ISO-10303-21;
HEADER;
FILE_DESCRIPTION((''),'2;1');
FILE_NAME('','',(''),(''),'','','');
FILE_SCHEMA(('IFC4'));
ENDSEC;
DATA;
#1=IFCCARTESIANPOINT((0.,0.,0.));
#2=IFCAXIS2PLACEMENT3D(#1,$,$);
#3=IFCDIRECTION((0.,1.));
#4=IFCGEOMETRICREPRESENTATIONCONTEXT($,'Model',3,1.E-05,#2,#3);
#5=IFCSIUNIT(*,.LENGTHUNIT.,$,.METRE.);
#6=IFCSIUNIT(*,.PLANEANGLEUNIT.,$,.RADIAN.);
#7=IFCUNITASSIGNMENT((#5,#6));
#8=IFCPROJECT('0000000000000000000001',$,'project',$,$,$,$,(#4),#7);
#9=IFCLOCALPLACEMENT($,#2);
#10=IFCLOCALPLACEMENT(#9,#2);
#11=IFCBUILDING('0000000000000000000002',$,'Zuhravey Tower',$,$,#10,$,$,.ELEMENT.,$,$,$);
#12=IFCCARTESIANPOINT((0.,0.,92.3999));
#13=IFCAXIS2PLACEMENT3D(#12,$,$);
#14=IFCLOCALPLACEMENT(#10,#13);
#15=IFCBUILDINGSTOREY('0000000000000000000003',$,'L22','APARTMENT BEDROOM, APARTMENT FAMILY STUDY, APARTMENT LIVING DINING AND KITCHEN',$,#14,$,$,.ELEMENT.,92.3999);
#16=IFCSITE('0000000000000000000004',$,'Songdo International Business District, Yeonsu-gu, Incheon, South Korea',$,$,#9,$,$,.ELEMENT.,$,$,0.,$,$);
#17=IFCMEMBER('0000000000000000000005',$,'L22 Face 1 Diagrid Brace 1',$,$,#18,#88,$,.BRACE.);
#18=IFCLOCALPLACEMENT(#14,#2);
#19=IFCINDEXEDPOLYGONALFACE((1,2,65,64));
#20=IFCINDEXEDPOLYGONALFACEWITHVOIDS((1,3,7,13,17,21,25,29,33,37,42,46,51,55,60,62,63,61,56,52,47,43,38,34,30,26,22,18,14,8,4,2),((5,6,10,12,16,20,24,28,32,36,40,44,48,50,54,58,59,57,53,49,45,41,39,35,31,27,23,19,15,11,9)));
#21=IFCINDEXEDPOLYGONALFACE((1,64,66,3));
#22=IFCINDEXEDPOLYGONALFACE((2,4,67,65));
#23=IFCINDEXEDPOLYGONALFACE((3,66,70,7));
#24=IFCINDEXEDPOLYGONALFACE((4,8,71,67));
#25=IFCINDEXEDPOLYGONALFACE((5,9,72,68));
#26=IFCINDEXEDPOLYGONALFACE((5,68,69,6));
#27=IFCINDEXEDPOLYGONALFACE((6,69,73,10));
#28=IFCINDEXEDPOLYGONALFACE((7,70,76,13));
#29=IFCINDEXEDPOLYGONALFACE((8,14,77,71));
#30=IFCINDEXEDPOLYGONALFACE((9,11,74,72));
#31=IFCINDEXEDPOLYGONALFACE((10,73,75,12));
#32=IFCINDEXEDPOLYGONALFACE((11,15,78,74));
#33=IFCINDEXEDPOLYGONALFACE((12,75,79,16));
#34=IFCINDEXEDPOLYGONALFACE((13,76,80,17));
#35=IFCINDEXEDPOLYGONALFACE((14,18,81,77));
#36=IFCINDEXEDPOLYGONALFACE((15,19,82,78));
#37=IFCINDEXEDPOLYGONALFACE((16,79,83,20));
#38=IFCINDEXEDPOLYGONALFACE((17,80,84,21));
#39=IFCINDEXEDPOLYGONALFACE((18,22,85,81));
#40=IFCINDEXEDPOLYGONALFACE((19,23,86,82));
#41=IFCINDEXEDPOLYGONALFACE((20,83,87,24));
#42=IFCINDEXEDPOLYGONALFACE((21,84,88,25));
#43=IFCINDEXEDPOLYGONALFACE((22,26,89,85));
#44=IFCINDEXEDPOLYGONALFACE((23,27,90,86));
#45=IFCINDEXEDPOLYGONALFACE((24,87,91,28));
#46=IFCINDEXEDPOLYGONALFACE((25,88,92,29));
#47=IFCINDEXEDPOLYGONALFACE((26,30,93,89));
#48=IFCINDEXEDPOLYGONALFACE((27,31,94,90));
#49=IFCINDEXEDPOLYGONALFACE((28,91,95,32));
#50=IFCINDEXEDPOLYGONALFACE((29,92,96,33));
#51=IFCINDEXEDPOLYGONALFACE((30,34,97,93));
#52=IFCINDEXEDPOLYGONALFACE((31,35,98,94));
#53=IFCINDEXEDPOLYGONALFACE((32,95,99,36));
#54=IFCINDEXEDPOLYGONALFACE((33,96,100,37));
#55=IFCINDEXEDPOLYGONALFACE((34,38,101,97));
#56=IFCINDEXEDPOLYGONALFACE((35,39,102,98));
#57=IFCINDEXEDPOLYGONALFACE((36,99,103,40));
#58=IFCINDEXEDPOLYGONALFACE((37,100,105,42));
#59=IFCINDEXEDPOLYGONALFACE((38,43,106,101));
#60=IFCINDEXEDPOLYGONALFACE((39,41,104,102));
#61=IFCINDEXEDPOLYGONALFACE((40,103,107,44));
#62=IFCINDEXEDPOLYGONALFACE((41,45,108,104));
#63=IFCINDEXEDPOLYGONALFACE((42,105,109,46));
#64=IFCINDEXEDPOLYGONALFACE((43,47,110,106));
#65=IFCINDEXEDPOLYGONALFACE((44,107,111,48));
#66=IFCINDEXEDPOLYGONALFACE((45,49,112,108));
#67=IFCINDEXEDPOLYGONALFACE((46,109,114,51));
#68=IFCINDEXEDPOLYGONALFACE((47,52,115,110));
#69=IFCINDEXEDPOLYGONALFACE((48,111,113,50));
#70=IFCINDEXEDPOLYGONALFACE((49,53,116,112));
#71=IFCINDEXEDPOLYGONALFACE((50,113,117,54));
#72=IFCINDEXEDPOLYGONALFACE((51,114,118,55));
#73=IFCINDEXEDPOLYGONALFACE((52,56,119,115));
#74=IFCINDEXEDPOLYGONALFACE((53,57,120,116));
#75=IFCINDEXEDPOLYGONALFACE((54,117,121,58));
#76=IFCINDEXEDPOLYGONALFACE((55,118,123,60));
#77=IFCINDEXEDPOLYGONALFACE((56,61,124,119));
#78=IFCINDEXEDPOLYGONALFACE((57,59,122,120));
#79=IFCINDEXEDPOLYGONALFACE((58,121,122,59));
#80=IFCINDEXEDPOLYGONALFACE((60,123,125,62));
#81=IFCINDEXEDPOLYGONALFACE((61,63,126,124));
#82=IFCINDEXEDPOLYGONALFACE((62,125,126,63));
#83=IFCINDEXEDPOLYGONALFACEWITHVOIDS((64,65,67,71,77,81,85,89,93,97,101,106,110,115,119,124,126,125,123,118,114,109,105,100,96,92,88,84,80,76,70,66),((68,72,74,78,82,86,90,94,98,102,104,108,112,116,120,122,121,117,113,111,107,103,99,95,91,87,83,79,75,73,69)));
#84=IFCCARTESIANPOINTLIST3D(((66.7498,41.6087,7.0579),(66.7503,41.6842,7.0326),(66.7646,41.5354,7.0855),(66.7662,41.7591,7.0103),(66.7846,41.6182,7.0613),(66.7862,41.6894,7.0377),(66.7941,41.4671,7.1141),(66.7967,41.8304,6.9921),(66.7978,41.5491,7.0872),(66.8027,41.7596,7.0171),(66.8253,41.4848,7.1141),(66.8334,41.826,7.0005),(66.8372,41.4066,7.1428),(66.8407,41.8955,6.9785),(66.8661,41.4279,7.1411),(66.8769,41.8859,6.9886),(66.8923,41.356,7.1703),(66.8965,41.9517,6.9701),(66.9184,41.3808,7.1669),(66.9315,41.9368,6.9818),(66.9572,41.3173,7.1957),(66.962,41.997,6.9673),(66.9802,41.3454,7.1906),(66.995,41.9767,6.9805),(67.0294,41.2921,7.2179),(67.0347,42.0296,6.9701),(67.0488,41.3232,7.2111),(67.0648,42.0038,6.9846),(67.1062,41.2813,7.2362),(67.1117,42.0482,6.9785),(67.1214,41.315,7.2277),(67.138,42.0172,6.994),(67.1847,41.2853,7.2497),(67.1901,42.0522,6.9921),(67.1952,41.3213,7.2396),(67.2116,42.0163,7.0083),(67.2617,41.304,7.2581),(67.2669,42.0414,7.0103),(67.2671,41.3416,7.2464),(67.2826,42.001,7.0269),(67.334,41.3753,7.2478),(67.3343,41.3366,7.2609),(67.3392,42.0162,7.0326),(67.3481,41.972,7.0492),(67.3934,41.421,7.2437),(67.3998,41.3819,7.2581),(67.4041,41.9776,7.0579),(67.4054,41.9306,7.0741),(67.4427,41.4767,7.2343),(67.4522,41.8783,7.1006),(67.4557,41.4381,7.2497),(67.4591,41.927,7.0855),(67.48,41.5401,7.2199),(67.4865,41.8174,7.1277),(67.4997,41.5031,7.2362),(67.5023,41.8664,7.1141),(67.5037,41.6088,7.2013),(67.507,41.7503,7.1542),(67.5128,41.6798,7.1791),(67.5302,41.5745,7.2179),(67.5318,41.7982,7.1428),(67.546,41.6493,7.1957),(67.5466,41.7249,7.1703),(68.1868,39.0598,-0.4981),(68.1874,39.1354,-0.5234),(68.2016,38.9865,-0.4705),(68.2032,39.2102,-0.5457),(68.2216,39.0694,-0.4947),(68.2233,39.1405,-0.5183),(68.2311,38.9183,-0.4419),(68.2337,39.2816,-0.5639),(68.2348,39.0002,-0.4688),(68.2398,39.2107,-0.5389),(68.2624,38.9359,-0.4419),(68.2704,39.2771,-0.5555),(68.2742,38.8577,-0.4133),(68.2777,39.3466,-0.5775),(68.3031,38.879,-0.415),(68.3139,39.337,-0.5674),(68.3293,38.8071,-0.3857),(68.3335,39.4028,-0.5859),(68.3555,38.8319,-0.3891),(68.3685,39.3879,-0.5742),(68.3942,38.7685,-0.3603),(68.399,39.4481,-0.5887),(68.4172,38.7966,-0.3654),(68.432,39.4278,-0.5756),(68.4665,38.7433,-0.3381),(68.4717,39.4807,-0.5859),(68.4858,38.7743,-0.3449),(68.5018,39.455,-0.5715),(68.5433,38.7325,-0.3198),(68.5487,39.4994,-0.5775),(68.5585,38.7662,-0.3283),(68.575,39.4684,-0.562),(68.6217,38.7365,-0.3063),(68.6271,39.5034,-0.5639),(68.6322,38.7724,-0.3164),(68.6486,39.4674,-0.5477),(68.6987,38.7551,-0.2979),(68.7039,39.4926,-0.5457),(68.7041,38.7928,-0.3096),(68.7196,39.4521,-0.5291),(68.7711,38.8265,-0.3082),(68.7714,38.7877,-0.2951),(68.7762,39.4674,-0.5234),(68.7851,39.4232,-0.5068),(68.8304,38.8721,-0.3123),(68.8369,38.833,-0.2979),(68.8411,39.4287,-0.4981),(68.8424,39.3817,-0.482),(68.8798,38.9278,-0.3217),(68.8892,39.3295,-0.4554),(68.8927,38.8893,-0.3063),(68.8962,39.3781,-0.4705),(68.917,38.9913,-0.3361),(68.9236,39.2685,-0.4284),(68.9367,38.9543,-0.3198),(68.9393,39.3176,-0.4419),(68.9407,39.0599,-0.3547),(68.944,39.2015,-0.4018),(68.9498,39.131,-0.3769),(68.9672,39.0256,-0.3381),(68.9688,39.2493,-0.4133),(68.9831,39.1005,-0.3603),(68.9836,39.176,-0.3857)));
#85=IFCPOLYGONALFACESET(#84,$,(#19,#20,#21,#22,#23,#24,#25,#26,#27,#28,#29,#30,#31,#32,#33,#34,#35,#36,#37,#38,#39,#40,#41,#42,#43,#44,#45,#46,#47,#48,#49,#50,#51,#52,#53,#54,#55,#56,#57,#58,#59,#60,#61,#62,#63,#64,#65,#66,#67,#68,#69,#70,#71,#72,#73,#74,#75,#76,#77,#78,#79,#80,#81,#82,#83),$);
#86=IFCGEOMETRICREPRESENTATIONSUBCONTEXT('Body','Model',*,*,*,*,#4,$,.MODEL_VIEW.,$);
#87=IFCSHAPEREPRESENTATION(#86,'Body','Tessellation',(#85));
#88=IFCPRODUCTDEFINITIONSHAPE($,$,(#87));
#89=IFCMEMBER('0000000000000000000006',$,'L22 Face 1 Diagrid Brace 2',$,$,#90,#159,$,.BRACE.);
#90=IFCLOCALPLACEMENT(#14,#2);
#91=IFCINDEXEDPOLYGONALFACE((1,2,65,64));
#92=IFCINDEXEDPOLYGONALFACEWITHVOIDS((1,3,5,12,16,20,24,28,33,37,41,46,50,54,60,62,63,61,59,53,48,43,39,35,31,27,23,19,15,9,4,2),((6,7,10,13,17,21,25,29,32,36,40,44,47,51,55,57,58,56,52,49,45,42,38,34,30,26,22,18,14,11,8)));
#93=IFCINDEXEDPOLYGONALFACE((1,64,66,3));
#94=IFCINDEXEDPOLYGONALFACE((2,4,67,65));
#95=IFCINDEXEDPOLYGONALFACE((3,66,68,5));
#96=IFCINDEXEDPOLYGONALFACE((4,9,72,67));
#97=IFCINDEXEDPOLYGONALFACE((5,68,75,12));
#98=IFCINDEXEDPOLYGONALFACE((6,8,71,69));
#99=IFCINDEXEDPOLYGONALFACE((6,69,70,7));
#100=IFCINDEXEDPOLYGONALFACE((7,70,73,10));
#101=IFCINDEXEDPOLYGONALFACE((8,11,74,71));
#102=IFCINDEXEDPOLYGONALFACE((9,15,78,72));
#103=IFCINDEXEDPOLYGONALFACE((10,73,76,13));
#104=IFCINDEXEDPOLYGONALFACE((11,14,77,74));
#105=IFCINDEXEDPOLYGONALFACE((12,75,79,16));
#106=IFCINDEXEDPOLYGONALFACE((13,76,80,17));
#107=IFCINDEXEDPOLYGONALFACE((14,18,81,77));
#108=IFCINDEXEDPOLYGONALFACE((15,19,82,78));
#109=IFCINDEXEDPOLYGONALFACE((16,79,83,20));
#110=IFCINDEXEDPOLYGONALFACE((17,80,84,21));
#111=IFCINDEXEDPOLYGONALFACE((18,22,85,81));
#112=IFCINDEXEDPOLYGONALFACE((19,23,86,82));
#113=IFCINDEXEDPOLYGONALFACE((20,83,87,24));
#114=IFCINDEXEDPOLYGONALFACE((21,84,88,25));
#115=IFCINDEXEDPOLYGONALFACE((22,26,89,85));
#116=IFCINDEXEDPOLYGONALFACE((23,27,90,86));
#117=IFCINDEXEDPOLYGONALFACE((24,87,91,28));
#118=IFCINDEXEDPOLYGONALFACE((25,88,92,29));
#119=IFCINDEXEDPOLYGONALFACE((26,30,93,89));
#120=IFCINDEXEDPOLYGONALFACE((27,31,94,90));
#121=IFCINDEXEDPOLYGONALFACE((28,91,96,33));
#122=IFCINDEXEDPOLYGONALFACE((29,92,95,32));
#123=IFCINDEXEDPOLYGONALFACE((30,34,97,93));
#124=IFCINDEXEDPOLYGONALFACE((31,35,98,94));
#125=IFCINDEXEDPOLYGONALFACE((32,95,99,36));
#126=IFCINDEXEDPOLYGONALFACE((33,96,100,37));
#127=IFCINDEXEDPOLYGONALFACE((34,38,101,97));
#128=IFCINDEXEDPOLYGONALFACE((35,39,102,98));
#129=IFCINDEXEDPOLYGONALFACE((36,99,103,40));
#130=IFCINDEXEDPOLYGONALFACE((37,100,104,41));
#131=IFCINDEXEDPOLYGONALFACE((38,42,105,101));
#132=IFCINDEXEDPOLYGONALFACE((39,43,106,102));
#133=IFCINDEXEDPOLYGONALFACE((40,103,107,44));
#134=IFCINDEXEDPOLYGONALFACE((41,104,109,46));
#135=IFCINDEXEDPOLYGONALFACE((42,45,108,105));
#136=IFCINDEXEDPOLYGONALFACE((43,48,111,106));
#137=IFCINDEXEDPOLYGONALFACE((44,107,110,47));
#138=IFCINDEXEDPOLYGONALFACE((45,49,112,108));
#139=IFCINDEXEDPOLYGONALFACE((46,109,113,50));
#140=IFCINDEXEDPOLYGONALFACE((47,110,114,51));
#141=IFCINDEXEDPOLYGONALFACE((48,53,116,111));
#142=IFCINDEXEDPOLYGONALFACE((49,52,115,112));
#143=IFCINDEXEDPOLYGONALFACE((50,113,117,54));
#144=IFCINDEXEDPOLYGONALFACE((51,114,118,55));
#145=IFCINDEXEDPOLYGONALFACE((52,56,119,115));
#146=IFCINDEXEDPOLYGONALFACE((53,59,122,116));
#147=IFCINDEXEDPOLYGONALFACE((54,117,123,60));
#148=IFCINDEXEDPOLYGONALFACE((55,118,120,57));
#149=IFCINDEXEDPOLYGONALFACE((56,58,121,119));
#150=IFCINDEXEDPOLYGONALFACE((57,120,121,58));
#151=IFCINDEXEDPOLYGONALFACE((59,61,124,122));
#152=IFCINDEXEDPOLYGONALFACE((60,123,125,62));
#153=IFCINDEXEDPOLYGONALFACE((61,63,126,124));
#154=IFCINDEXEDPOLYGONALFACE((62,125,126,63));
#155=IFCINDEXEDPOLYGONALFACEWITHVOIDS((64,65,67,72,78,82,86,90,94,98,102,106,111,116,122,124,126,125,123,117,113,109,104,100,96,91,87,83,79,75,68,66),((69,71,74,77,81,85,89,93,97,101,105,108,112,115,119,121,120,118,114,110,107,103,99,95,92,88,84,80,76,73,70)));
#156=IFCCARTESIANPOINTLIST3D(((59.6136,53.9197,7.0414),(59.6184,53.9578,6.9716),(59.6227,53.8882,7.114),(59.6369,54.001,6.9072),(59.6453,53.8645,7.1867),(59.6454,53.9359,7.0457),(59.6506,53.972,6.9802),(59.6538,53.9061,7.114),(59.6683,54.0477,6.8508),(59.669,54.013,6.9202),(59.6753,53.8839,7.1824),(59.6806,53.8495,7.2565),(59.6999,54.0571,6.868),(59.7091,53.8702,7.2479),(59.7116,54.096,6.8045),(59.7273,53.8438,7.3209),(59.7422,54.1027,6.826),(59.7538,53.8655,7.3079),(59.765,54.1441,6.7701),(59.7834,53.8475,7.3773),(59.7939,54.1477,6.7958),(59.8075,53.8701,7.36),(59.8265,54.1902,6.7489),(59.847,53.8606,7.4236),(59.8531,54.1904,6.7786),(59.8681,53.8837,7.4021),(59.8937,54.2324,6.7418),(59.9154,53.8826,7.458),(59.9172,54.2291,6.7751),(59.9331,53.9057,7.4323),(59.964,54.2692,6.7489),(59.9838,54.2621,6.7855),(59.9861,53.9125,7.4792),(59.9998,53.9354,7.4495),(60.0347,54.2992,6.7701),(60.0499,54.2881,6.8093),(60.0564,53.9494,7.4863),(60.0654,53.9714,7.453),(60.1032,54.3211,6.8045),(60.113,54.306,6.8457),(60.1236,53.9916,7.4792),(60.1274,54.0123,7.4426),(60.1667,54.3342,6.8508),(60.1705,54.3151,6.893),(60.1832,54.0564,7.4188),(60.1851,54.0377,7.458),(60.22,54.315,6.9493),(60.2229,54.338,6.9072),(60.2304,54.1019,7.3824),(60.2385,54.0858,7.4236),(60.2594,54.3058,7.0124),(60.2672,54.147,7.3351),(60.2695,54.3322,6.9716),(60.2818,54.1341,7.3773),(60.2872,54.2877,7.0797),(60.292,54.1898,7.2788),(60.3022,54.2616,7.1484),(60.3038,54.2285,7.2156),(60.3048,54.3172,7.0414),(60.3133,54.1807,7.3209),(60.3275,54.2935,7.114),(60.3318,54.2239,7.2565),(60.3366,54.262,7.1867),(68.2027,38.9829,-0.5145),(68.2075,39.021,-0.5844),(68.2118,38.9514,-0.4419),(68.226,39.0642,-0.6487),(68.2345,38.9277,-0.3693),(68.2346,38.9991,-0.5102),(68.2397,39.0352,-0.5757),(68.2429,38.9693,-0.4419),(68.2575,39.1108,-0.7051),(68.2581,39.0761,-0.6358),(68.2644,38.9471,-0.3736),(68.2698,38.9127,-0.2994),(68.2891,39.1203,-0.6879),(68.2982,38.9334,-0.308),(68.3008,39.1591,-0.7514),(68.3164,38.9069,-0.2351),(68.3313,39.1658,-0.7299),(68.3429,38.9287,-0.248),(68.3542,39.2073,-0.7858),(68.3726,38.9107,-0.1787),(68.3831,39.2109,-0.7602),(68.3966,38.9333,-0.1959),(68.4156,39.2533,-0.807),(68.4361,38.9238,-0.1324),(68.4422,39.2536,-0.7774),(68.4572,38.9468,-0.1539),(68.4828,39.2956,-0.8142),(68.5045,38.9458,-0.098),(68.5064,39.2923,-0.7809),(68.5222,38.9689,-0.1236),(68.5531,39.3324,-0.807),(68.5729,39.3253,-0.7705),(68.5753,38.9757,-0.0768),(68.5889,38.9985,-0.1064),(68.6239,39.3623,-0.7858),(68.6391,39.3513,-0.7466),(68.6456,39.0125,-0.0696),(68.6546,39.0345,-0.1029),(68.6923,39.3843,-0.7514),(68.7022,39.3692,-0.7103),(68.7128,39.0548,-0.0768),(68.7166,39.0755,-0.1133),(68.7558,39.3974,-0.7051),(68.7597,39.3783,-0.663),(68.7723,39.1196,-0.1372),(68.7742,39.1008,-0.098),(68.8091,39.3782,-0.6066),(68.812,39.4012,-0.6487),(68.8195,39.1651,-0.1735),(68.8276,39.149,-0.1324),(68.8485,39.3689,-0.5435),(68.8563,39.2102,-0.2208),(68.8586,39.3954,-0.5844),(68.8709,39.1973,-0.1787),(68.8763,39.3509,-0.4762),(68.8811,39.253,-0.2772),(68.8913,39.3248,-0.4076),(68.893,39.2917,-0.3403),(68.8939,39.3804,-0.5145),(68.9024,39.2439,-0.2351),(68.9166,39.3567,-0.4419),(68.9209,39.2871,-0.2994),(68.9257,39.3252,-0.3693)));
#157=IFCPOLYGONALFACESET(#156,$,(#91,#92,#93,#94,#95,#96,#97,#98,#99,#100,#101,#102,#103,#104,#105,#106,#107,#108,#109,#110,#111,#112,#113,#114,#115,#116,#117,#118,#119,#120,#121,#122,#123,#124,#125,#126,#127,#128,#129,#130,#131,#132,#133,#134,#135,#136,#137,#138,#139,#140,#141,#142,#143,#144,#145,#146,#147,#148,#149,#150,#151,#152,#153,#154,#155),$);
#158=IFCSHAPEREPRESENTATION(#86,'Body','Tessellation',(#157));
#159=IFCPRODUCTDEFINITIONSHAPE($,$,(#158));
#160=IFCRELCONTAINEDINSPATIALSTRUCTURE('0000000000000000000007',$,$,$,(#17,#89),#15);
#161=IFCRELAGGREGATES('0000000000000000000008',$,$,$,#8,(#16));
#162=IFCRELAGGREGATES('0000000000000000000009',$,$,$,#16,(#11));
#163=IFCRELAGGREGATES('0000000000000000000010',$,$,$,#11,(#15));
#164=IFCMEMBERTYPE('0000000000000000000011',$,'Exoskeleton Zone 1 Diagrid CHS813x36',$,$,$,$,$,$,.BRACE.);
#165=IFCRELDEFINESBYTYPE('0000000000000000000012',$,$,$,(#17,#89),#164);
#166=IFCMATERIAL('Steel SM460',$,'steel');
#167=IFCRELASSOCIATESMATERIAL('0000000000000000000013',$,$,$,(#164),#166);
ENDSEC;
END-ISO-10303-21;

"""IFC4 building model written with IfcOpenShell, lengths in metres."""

from ifc_helpers import new_model, si_unit, direction, frame, origin, origin_2d, place, context, subcontext, project, spatial, hollow_circle, extrude, material, material_profile, profile_set, type_object, element, save


model = new_model("IFC4")

# Units and contexts
model_context = context("Model", 3, precision=1e-05, world=origin(), true_north=direction((0.0, 1.0)))
body_context = subcontext(model_context, "Body", "Model", "MODEL_VIEW")
ifc_project = project(units=[si_unit("LENGTHUNIT", "METRE"), si_unit("PLANEANGLEUNIT", "RADIAN")], contexts=[model_context])

# Site, building, storey
site_placement = place(None, origin())
site = spatial("IfcSite", under=ifc_project, at=site_placement, Name="Songdo International Business District, Yeonsu-gu, Incheon, South Korea", CompositionType="ELEMENT", RefElevation=0.0)
building_placement = place(site_placement, origin())
building = spatial("IfcBuilding", under=site, at=building_placement, Name="Zuhravey Tower", CompositionType="ELEMENT")
storey_placement = place(building_placement, frame((0.0, 0.0, 92.3999)))
storey = spatial("IfcBuildingStorey", under=building, at=storey_placement, Name="L22", Description="APARTMENT BEDROOM, APARTMENT FAMILY STUDY, APARTMENT LIVING DINING AND KITCHEN", CompositionType="ELEMENT", Elevation=92.3999)

# Members
ifc_material_1 = material(Name="Steel SM460", Category="steel")
ifc_material_profile_1 = material_profile(ifc_material_1, hollow_circle(Radius=0.4065, WallThickness=0.0359, at=origin_2d()), Name="CHS-812.8x36")
ifc_profile_set_1 = profile_set([ifc_material_profile_1], Name="Steel SM460")
member_type_1 = type_object("IfcMemberType", Name="Exoskeleton Zone 1 Diagrid CHS813x36", PredefinedType="BRACE", material=ifc_profile_set_1)
member_1_placement = place(storey_placement, frame((68.5852, 39.1179, -0.4419), z_axis=(-0.17735, 0.314566, 0.932521), x_axis=(-0.871094, -0.491117, 0.0)))
element("IfcMember", 1, at=member_1_placement, inside=storey, type_object=member_type_1, Name="L22 Face 1 Diagrid Brace 1", PredefinedType="BRACE", context=body_context, shape_type="SweptSolid", body=[
    extrude(hollow_circle(Radius=0.4065, WallThickness=0.0359, at=origin_2d()), origin(), (0.0, 0.0, 1.0), 8.1028),
])
member_2_placement = place(storey_placement, frame((68.5642, 39.1541, -0.4419), z_axis=(-0.456524, 0.793912, 0.401608), x_axis=(-0.866895, -0.498492, 0.0)))
element("IfcMember", 2, at=member_2_placement, inside=storey, type_object=member_type_1, Name="L22 Face 1 Diagrid Brace 2", PredefinedType="BRACE", context=body_context, shape_type="SweptSolid", body=[
    extrude(hollow_circle(Radius=0.4065, WallThickness=0.0359, at=origin_2d()), origin(), (0.0, 0.0, 1.0), 18.8142),
])

save(model, "model.ifc")
